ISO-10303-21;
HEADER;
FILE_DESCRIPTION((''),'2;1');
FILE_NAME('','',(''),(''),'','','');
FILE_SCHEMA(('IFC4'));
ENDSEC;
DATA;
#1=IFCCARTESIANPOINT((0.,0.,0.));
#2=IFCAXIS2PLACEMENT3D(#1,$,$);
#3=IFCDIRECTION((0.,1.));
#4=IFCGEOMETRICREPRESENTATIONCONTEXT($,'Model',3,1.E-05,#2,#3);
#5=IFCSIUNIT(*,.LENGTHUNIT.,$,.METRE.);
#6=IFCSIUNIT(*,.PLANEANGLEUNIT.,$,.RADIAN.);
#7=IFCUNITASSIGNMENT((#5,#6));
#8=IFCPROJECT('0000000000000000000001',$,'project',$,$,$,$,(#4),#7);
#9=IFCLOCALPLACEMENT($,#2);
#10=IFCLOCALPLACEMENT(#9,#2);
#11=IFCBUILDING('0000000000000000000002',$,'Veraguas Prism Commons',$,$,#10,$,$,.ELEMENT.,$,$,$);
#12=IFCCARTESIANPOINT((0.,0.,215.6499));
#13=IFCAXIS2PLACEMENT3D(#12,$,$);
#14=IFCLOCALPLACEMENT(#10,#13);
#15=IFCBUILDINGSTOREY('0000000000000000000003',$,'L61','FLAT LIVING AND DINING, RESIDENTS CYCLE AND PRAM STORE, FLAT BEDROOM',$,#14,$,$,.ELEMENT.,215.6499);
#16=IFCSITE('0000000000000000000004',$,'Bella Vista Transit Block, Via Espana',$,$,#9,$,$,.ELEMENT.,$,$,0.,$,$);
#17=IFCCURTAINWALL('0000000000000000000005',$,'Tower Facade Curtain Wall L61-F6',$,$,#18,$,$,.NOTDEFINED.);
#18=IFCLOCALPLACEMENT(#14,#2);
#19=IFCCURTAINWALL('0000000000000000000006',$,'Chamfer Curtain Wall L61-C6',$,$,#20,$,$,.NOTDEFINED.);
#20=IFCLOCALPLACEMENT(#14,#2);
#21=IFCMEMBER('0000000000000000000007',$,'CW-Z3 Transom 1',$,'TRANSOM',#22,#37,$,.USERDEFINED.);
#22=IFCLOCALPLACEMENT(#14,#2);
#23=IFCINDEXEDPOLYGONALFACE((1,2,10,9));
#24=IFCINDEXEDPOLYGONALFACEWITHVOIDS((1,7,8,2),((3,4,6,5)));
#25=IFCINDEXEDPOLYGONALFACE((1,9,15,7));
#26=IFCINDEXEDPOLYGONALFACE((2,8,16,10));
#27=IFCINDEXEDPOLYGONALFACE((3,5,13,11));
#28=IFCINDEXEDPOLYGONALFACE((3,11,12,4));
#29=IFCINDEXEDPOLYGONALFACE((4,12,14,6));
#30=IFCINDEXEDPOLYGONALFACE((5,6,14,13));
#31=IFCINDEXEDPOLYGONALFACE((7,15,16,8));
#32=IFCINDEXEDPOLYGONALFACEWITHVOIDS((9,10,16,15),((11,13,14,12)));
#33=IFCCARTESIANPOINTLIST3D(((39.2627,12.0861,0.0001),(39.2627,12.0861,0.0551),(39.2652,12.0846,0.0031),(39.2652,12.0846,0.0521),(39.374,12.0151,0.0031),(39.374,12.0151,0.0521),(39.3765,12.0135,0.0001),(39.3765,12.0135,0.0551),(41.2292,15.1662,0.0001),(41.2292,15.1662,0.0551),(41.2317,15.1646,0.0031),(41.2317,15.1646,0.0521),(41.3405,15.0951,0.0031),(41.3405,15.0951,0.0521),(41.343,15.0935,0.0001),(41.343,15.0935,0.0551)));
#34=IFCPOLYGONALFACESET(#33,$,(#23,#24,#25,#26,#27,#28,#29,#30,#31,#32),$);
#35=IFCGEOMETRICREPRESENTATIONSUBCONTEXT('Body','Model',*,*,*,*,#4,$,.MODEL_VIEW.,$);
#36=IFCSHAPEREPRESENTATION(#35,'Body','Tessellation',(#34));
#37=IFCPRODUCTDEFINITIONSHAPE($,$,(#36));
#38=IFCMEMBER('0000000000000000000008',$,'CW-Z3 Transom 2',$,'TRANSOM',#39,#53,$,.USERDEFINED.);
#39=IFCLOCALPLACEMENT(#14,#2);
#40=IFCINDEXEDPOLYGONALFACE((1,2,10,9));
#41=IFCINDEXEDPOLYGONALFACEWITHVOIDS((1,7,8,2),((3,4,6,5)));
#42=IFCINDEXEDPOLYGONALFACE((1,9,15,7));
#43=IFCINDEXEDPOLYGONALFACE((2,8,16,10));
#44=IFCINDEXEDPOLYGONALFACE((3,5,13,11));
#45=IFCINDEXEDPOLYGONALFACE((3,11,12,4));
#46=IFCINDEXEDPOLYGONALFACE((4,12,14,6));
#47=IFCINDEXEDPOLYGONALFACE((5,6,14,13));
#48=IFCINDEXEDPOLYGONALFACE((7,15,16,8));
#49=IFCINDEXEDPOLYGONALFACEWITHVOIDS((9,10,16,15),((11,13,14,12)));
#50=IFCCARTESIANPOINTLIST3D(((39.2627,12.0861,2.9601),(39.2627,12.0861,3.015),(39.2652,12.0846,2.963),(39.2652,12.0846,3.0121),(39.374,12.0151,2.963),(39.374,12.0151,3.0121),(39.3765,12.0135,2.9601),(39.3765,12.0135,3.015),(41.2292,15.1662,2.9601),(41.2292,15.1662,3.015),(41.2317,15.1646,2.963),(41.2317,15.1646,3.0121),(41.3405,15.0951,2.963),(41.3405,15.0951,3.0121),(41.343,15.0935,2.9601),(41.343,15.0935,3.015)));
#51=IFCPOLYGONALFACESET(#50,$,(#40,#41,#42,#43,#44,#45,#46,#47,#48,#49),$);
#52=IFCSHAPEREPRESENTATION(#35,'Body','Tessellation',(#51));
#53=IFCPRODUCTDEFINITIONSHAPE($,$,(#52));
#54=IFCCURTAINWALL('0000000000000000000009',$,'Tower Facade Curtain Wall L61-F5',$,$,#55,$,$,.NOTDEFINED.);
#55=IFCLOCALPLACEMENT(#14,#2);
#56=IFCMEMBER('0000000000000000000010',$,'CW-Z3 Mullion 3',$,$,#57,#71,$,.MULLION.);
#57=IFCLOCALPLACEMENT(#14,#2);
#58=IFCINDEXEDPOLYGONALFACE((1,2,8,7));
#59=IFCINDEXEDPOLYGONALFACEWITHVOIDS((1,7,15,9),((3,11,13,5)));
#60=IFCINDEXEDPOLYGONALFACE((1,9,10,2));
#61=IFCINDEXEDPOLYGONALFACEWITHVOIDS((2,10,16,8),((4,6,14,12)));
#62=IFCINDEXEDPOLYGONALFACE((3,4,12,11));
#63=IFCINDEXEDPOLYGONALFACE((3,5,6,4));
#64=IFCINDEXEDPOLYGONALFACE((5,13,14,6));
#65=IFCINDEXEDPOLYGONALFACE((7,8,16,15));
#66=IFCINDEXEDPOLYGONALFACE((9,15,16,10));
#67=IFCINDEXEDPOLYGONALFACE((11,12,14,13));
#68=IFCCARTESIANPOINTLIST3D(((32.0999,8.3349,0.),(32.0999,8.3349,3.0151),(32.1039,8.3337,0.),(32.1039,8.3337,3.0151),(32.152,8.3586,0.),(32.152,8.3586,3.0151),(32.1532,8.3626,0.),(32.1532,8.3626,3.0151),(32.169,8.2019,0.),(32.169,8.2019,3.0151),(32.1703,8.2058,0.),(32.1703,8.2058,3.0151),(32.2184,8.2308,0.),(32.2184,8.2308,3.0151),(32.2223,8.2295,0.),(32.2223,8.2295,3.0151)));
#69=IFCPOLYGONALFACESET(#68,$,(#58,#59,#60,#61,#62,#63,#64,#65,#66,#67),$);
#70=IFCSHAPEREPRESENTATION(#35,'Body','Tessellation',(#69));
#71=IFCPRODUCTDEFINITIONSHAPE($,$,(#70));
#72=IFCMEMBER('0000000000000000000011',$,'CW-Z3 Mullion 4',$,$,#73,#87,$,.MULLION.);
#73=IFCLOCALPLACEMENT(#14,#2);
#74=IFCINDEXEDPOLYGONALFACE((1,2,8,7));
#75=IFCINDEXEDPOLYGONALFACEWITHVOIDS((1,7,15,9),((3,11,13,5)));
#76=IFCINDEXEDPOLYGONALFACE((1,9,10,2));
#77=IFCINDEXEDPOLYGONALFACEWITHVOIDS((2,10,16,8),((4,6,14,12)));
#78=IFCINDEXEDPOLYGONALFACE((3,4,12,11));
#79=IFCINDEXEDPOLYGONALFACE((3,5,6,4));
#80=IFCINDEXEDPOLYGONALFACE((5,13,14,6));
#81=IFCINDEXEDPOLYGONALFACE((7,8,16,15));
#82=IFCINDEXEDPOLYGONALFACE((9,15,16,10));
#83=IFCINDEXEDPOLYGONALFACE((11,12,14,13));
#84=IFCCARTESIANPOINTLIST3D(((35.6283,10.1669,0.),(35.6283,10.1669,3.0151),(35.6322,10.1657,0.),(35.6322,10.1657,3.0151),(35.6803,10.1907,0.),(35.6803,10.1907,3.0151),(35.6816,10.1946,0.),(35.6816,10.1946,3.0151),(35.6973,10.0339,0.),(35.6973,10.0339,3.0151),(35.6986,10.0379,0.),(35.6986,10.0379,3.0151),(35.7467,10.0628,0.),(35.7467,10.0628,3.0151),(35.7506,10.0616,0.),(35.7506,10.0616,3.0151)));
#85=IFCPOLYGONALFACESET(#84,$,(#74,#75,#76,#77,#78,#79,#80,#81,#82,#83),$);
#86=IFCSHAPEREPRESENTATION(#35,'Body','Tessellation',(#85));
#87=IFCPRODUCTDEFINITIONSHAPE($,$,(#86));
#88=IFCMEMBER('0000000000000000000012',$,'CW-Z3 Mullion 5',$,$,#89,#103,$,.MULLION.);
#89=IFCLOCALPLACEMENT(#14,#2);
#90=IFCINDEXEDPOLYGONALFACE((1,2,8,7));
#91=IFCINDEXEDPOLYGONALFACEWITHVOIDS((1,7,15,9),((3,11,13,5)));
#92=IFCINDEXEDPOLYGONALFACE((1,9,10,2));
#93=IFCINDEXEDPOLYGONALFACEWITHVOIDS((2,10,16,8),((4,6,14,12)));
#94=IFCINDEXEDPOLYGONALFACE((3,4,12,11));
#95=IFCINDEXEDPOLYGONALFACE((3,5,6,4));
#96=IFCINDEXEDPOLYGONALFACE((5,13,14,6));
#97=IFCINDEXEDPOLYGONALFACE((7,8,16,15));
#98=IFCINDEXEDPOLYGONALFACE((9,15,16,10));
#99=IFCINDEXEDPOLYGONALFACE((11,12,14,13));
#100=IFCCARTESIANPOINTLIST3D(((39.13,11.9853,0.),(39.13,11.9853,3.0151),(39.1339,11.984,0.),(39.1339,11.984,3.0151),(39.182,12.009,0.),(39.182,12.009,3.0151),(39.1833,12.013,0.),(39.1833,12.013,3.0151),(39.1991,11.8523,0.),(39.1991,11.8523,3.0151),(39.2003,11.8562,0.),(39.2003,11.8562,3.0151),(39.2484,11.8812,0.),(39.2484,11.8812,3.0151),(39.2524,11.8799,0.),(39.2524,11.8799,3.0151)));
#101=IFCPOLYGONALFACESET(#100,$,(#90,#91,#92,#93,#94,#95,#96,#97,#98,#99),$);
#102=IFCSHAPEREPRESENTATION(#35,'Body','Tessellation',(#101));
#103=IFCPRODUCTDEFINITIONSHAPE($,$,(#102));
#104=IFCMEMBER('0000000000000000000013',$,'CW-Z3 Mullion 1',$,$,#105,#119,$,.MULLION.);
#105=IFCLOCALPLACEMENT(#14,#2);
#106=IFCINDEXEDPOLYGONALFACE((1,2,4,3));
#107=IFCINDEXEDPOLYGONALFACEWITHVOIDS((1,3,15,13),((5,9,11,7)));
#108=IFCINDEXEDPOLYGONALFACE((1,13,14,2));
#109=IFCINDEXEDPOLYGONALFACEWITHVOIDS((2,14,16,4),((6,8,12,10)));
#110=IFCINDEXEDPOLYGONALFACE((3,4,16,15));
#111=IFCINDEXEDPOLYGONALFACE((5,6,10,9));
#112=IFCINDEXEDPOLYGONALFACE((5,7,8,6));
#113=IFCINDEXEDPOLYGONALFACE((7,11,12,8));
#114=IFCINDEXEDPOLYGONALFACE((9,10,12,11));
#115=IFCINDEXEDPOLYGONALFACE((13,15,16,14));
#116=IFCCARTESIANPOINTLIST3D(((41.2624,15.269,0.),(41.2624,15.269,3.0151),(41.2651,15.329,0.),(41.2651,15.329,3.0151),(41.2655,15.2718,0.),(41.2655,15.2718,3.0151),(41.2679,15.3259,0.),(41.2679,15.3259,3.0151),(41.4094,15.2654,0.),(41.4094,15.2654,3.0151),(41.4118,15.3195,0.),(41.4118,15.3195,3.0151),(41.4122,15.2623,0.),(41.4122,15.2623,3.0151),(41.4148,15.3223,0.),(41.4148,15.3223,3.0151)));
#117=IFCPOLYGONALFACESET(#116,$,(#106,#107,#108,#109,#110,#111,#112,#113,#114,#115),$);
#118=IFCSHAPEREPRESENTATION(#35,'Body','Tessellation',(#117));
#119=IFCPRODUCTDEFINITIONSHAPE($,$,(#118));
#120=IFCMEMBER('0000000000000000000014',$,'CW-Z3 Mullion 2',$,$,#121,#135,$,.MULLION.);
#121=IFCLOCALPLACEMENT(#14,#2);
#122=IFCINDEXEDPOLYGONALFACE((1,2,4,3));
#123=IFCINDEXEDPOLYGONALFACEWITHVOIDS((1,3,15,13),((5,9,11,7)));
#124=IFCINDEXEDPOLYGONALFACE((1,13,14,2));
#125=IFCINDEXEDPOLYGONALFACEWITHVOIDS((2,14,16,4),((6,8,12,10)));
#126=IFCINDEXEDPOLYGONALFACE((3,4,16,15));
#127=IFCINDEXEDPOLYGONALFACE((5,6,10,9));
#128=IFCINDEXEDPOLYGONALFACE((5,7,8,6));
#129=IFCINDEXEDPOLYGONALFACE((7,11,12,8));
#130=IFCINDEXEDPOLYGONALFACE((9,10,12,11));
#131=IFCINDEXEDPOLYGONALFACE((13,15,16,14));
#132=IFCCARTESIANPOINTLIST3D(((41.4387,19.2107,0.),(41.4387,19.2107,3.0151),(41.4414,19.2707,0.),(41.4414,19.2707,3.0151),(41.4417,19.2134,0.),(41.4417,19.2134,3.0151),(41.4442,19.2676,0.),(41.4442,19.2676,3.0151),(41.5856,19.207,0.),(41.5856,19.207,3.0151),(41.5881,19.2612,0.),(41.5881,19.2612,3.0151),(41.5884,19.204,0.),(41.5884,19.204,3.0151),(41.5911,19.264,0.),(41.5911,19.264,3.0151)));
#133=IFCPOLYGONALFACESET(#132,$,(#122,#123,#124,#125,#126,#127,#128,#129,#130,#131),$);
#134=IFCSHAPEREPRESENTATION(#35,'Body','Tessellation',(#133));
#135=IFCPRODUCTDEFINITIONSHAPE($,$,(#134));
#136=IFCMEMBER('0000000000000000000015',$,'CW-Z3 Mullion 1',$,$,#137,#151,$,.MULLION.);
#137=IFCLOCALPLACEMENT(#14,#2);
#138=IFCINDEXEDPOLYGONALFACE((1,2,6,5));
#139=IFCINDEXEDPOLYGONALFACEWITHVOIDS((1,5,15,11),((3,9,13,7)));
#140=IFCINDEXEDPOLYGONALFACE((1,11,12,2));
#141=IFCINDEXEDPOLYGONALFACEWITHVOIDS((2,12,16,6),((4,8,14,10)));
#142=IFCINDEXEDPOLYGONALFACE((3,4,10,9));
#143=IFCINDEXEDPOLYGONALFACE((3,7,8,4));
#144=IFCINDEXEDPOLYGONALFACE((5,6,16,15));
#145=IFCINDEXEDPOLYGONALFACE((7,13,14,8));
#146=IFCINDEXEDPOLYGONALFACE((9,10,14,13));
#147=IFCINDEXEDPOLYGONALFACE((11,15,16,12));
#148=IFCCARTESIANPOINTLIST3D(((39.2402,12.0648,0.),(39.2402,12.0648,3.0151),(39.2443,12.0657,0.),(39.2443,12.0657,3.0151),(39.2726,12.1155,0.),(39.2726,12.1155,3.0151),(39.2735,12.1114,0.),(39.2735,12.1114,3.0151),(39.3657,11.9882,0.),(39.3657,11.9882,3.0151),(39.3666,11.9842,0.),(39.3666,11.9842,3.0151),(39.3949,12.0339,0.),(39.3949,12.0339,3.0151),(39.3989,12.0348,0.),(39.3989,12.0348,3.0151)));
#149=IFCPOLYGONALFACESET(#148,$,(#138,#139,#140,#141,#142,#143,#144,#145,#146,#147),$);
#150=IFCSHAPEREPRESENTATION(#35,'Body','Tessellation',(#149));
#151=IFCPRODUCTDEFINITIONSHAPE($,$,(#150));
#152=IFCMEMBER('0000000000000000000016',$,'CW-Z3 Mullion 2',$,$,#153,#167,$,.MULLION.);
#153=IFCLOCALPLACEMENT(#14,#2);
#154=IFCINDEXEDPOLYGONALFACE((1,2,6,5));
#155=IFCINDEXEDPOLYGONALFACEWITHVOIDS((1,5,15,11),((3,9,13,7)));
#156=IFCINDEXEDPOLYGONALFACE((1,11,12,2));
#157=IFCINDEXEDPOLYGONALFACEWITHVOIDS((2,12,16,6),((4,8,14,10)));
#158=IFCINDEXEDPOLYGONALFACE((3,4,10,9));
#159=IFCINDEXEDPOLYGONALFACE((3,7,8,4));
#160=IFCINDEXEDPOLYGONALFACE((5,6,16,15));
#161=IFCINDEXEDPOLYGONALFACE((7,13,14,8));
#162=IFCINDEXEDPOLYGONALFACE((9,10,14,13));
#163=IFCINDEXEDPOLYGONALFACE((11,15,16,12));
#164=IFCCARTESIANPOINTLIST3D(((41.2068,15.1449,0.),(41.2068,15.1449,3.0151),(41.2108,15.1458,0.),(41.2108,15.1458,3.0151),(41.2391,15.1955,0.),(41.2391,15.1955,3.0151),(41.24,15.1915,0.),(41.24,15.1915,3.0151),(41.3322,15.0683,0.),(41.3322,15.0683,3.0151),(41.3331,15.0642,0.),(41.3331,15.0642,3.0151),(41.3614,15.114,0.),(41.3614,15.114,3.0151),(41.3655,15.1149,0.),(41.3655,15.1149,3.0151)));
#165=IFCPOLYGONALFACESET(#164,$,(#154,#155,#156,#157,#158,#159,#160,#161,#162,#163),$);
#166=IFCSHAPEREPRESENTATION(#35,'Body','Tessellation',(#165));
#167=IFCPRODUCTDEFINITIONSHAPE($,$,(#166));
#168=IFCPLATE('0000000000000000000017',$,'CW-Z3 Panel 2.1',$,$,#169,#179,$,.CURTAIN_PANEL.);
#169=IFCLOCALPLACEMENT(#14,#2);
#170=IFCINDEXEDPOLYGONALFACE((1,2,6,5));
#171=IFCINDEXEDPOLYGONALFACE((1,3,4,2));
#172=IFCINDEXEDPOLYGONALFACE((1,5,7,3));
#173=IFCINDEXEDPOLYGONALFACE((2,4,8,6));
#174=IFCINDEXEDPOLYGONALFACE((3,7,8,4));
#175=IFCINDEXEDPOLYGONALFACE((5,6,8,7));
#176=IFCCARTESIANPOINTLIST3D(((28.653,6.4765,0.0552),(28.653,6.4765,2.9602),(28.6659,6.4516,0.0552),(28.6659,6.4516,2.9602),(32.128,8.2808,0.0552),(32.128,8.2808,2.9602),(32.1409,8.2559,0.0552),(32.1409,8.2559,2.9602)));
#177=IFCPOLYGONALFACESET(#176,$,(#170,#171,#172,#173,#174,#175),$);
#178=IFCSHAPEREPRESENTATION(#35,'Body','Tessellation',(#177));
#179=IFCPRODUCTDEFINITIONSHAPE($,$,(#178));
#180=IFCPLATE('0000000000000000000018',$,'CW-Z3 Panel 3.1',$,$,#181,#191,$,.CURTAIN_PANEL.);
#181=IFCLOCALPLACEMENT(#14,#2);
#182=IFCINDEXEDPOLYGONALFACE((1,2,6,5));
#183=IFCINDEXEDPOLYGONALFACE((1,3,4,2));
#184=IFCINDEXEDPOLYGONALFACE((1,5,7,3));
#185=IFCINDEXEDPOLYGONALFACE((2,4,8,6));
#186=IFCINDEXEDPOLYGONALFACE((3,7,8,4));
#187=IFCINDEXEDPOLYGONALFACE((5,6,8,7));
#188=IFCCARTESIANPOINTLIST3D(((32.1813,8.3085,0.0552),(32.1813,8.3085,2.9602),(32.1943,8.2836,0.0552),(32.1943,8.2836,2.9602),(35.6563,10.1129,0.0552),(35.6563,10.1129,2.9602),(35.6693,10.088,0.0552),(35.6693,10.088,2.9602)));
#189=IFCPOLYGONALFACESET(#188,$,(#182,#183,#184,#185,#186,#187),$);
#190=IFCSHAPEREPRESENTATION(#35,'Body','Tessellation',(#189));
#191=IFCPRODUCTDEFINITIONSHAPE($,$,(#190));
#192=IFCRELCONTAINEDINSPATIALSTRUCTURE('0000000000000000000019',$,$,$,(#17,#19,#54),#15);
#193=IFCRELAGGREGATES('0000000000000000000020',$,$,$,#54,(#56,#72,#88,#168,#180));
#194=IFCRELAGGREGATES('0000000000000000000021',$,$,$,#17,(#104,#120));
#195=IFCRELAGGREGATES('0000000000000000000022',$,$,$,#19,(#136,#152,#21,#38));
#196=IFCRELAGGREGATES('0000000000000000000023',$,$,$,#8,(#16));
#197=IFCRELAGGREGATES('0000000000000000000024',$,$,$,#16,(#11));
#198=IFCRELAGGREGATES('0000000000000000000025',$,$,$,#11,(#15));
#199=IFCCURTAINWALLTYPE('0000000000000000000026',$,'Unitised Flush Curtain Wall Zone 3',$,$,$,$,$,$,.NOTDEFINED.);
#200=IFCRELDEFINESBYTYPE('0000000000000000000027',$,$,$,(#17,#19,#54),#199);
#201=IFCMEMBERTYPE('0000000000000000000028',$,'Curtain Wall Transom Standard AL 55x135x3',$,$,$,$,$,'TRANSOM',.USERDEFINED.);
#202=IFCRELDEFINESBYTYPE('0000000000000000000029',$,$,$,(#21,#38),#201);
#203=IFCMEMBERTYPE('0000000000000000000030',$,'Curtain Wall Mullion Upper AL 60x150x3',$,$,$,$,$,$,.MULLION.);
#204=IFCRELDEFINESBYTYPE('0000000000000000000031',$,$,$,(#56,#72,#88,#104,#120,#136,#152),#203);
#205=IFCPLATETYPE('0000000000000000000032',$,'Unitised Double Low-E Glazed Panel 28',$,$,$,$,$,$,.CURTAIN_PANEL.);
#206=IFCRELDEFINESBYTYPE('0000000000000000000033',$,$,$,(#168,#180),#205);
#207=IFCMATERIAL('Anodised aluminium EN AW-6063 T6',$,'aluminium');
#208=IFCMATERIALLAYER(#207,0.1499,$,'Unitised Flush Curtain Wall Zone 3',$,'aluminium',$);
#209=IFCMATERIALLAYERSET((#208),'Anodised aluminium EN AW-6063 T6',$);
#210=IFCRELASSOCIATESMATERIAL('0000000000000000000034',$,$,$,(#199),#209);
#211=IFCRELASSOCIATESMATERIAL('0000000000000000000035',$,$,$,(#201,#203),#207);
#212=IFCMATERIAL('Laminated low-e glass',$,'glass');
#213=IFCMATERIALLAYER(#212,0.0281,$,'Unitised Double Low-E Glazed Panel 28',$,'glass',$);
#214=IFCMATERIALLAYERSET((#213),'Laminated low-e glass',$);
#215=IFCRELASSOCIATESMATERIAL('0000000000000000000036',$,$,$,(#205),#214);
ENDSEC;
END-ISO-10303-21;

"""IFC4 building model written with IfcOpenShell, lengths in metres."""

from ifc_helpers import new_model, si_unit, direction, frame, origin, origin_2d, place, context, subcontext, project, spatial, rectangle, hollow_rectangle, extrude, source, transform, mapped, material, layer, layer_set, material_profile, profile_set, type_object, element, aggregate, save


model = new_model("IFC4")

# Units and contexts
model_context = context("Model", 3, precision=1e-05, world=origin(), true_north=direction((0.0, 1.0)))
body_context = subcontext(model_context, "Body", "Model", "MODEL_VIEW")
ifc_project = project(units=[si_unit("LENGTHUNIT", "METRE"), si_unit("PLANEANGLEUNIT", "RADIAN")], contexts=[model_context])

# Site, building, storey
site_placement = place(None, origin())
site = spatial("IfcSite", under=ifc_project, at=site_placement, Name="Bella Vista Transit Block, Via Espana", CompositionType="ELEMENT", RefElevation=0.0)
building_placement = place(site_placement, origin())
building = spatial("IfcBuilding", under=site, at=building_placement, Name="Veraguas Prism Commons", CompositionType="ELEMENT")
storey_placement = place(building_placement, frame((0.0, 0.0, 215.6499)))
storey = spatial("IfcBuildingStorey", under=building, at=storey_placement, Name="L61", Description="FLAT LIVING AND DINING, RESIDENTS CYCLE AND PRAM STORE, FLAT BEDROOM", CompositionType="ELEMENT", Elevation=215.6499)

# Curtain walls, members
ifc_material_1 = material(Name="Anodised aluminium EN AW-6063 T6", Category="aluminium")
ifc_layer_1 = layer(ifc_material_1, 0.1499, Name="Unitised Flush Curtain Wall Zone 3", Category="aluminium")
ifc_layer_set_1 = layer_set([ifc_layer_1], Name="Anodised aluminium EN AW-6063 T6")
curtain_wall_type = type_object("IfcCurtainWallType", Name="Unitised Flush Curtain Wall Zone 3", PredefinedType="NOTDEFINED", material=ifc_layer_set_1)
curtain_wall_1_placement = place(storey_placement, origin())
curtain_wall_1 = element("IfcCurtainWall", 1, at=curtain_wall_1_placement, inside=storey, type_object=curtain_wall_type, Name="Tower Facade Curtain Wall L61-F6", PredefinedType="NOTDEFINED")
ifc_material_profile_1 = material_profile(ifc_material_1, hollow_rectangle(XDim=0.0549, YDim=0.135, WallThickness=0.0029, at=origin_2d()), Name="AL55X135X3")
ifc_profile_set_1 = profile_set([ifc_material_profile_1], Name="Anodised aluminium EN AW-6063 T6")
member_type_1 = type_object("IfcMemberType", Name="Curtain Wall Transom Standard AL 55x135x3", ElementType="TRANSOM", PredefinedType="USERDEFINED", material=ifc_profile_set_1)
curtain_wall_2_placement = place(storey_placement, origin())
curtain_wall_2 = element("IfcCurtainWall", 2, at=curtain_wall_2_placement, inside=storey, type_object=curtain_wall_type, Name="Chamfer Curtain Wall L61-C6", PredefinedType="NOTDEFINED")
shared_shape_1 = source(origin(), body_context, "Body", "SweptSolid", [
    extrude(hollow_rectangle(XDim=0.0549, YDim=0.135, WallThickness=0.0029, at=origin_2d()), origin(), (0.0, 0.0, 1.0), 3.6543),
])
member_1_placement = place(storey_placement, frame((39.3196, 12.0498, 0.0276), z_axis=(0.538141, 0.842855, 0.0), x_axis=(0.0, 0.0, 1.0)))
member_1 = element("IfcMember", 3, at=member_1_placement, type_object=member_type_1, Name="CW-Z3 Transom 1", ObjectType="TRANSOM", PredefinedType="USERDEFINED", context=body_context, shape_type="MappedRepresentation", body=[
    mapped(shared_shape_1, transform((0.0, 0.0, 0.0), scale=1.0)),
])
member_2_placement = place(storey_placement, frame((39.3196, 12.0498, 2.9875), z_axis=(0.538141, 0.842855, 0.0), x_axis=(0.0, 0.0, 1.0)))
member_2 = element("IfcMember", 4, at=member_2_placement, type_object=member_type_1, Name="CW-Z3 Transom 2", ObjectType="TRANSOM", PredefinedType="USERDEFINED", context=body_context, shape_type="MappedRepresentation", body=[
    mapped(shared_shape_1, transform((0.0, 0.0, 0.0), scale=1.0)),
])
curtain_wall_3_placement = place(storey_placement, origin())
curtain_wall_3 = element("IfcCurtainWall", 5, at=curtain_wall_3_placement, inside=storey, type_object=curtain_wall_type, Name="Tower Facade Curtain Wall L61-F5", PredefinedType="NOTDEFINED")
ifc_material_profile_2 = material_profile(ifc_material_1, hollow_rectangle(XDim=0.0601, YDim=0.1499, WallThickness=0.0029, at=origin_2d()), Name="AL60X150X3")
ifc_profile_set_2 = profile_set([ifc_material_profile_2], Name="Anodised aluminium EN AW-6063 T6")
member_type_2 = type_object("IfcMemberType", Name="Curtain Wall Mullion Upper AL 60x150x3", PredefinedType="MULLION", material=ifc_profile_set_2)
shared_shape_2 = source(origin(), body_context, "Body", "SweptSolid", [
    extrude(hollow_rectangle(XDim=0.0601, YDim=0.1499, WallThickness=0.0029, at=origin_2d()), origin(), (0.0, 0.0, 1.0), 3.0151),
])
member_3_placement = place(storey_placement, frame((32.1611, 8.2822, 0.0), z_axis=(0.0, 0.0, 1.0), x_axis=(0.887494, 0.460819, 0.0)))
member_3 = element("IfcMember", 6, at=member_3_placement, type_object=member_type_2, Name="CW-Z3 Mullion 3", PredefinedType="MULLION", context=body_context, shape_type="MappedRepresentation", body=[
    mapped(shared_shape_2, transform((0.0, 0.0, 0.0), scale=1.0)),
])
member_4_placement = place(storey_placement, frame((35.6895, 10.1143, 0.0), z_axis=(0.0, 0.0, 1.0), x_axis=(0.887494, 0.460819, 0.0)))
member_4 = element("IfcMember", 7, at=member_4_placement, type_object=member_type_2, Name="CW-Z3 Mullion 4", PredefinedType="MULLION", context=body_context, shape_type="MappedRepresentation", body=[
    mapped(shared_shape_2, transform((0.0, 0.0, 0.0), scale=1.0)),
])
member_5_placement = place(storey_placement, frame((39.1912, 11.9326, 0.0), z_axis=(0.0, 0.0, 1.0), x_axis=(0.887494, 0.460819, 0.0)))
member_5 = element("IfcMember", 8, at=member_5_placement, type_object=member_type_2, Name="CW-Z3 Mullion 5", PredefinedType="MULLION", context=body_context, shape_type="MappedRepresentation", body=[
    mapped(shared_shape_2, transform((0.0, 0.0, 0.0), scale=1.0)),
])

# Members
member_6_placement = place(storey_placement, frame((41.3386, 15.2957, 0.0), z_axis=(0.0, 0.0, 1.0), x_axis=(0.044666, 0.999002, 0.0)))
member_6 = element("IfcMember", 9, at=member_6_placement, type_object=member_type_2, Name="CW-Z3 Mullion 1", PredefinedType="MULLION", context=body_context, shape_type="MappedRepresentation", body=[
    mapped(shared_shape_2, transform((0.0, 0.0, 0.0), scale=1.0)),
])
member_7_placement = place(storey_placement, frame((41.5149, 19.2373, 0.0), z_axis=(0.0, 0.0, 1.0), x_axis=(0.044666, 0.999002, 0.0)))
member_7 = element("IfcMember", 10, at=member_7_placement, type_object=member_type_2, Name="CW-Z3 Mullion 2", PredefinedType="MULLION", context=body_context, shape_type="MappedRepresentation", body=[
    mapped(shared_shape_2, transform((0.0, 0.0, 0.0), scale=1.0)),
])
member_8_placement = place(storey_placement, frame((39.3196, 12.0498, 0.0), z_axis=(0.0, 0.0, 1.0), x_axis=(0.53819, 0.842824, 0.0)))
member_8 = element("IfcMember", 11, at=member_8_placement, type_object=member_type_2, Name="CW-Z3 Mullion 1", PredefinedType="MULLION", context=body_context, shape_type="MappedRepresentation", body=[
    mapped(shared_shape_2, transform((0.0, 0.0, 0.0), scale=1.0)),
])
member_9_placement = place(storey_placement, frame((41.2861, 15.1299, 0.0), z_axis=(0.0, 0.0, 1.0), x_axis=(0.53819, 0.842824, 0.0)))
member_9 = element("IfcMember", 12, at=member_9_placement, type_object=member_type_2, Name="CW-Z3 Mullion 2", PredefinedType="MULLION", context=body_context, shape_type="MappedRepresentation", body=[
    mapped(shared_shape_2, transform((0.0, 0.0, 0.0), scale=1.0)),
])

# Plates
ifc_material_2 = material(Name="Laminated low-e glass", Category="glass")
ifc_layer_2 = layer(ifc_material_2, 0.0281, Name="Unitised Double Low-E Glazed Panel 28", Category="glass")
ifc_layer_set_2 = layer_set([ifc_layer_2], Name="Laminated low-e glass")
plate_type = type_object("IfcPlateType", Name="Unitised Double Low-E Glazed Panel 28", PredefinedType="CURTAIN_PANEL", material=ifc_layer_set_2)
shared_shape_3 = source(origin(), body_context, "Body", "SweptSolid", [
    extrude(rectangle(XDim=3.9155, YDim=0.0281, at=origin_2d()), origin(), (0.0, 0.0, 1.0), 2.905),
])
plate_1_placement = place(storey_placement, frame((30.397, 7.3662, 0.0552), z_axis=(0.0, 0.0, 1.0), x_axis=(0.887494, 0.460819, 0.0)))
plate_1 = element("IfcPlate", 13, at=plate_1_placement, type_object=plate_type, Name="CW-Z3 Panel 2.1", PredefinedType="CURTAIN_PANEL", context=body_context, shape_type="MappedRepresentation", body=[
    mapped(shared_shape_3, transform((0.0, 0.0, 0.0), scale=1.0)),
])
plate_2_placement = place(storey_placement, frame((33.9253, 9.1982, 0.0552), z_axis=(0.0, 0.0, 1.0), x_axis=(0.887494, 0.460819, 0.0)))
plate_2 = element("IfcPlate", 14, at=plate_2_placement, type_object=plate_type, Name="CW-Z3 Panel 3.1", PredefinedType="CURTAIN_PANEL", context=body_context, shape_type="MappedRepresentation", body=[
    mapped(shared_shape_3, transform((0.0, 0.0, 0.0), scale=1.0)),
])
aggregate(curtain_wall_3, [member_3, member_4, member_5, plate_1, plate_2])
aggregate(curtain_wall_1, [member_6, member_7])
aggregate(curtain_wall_2, [member_8, member_9, member_1, member_2])

save(model, "model.ifc")
